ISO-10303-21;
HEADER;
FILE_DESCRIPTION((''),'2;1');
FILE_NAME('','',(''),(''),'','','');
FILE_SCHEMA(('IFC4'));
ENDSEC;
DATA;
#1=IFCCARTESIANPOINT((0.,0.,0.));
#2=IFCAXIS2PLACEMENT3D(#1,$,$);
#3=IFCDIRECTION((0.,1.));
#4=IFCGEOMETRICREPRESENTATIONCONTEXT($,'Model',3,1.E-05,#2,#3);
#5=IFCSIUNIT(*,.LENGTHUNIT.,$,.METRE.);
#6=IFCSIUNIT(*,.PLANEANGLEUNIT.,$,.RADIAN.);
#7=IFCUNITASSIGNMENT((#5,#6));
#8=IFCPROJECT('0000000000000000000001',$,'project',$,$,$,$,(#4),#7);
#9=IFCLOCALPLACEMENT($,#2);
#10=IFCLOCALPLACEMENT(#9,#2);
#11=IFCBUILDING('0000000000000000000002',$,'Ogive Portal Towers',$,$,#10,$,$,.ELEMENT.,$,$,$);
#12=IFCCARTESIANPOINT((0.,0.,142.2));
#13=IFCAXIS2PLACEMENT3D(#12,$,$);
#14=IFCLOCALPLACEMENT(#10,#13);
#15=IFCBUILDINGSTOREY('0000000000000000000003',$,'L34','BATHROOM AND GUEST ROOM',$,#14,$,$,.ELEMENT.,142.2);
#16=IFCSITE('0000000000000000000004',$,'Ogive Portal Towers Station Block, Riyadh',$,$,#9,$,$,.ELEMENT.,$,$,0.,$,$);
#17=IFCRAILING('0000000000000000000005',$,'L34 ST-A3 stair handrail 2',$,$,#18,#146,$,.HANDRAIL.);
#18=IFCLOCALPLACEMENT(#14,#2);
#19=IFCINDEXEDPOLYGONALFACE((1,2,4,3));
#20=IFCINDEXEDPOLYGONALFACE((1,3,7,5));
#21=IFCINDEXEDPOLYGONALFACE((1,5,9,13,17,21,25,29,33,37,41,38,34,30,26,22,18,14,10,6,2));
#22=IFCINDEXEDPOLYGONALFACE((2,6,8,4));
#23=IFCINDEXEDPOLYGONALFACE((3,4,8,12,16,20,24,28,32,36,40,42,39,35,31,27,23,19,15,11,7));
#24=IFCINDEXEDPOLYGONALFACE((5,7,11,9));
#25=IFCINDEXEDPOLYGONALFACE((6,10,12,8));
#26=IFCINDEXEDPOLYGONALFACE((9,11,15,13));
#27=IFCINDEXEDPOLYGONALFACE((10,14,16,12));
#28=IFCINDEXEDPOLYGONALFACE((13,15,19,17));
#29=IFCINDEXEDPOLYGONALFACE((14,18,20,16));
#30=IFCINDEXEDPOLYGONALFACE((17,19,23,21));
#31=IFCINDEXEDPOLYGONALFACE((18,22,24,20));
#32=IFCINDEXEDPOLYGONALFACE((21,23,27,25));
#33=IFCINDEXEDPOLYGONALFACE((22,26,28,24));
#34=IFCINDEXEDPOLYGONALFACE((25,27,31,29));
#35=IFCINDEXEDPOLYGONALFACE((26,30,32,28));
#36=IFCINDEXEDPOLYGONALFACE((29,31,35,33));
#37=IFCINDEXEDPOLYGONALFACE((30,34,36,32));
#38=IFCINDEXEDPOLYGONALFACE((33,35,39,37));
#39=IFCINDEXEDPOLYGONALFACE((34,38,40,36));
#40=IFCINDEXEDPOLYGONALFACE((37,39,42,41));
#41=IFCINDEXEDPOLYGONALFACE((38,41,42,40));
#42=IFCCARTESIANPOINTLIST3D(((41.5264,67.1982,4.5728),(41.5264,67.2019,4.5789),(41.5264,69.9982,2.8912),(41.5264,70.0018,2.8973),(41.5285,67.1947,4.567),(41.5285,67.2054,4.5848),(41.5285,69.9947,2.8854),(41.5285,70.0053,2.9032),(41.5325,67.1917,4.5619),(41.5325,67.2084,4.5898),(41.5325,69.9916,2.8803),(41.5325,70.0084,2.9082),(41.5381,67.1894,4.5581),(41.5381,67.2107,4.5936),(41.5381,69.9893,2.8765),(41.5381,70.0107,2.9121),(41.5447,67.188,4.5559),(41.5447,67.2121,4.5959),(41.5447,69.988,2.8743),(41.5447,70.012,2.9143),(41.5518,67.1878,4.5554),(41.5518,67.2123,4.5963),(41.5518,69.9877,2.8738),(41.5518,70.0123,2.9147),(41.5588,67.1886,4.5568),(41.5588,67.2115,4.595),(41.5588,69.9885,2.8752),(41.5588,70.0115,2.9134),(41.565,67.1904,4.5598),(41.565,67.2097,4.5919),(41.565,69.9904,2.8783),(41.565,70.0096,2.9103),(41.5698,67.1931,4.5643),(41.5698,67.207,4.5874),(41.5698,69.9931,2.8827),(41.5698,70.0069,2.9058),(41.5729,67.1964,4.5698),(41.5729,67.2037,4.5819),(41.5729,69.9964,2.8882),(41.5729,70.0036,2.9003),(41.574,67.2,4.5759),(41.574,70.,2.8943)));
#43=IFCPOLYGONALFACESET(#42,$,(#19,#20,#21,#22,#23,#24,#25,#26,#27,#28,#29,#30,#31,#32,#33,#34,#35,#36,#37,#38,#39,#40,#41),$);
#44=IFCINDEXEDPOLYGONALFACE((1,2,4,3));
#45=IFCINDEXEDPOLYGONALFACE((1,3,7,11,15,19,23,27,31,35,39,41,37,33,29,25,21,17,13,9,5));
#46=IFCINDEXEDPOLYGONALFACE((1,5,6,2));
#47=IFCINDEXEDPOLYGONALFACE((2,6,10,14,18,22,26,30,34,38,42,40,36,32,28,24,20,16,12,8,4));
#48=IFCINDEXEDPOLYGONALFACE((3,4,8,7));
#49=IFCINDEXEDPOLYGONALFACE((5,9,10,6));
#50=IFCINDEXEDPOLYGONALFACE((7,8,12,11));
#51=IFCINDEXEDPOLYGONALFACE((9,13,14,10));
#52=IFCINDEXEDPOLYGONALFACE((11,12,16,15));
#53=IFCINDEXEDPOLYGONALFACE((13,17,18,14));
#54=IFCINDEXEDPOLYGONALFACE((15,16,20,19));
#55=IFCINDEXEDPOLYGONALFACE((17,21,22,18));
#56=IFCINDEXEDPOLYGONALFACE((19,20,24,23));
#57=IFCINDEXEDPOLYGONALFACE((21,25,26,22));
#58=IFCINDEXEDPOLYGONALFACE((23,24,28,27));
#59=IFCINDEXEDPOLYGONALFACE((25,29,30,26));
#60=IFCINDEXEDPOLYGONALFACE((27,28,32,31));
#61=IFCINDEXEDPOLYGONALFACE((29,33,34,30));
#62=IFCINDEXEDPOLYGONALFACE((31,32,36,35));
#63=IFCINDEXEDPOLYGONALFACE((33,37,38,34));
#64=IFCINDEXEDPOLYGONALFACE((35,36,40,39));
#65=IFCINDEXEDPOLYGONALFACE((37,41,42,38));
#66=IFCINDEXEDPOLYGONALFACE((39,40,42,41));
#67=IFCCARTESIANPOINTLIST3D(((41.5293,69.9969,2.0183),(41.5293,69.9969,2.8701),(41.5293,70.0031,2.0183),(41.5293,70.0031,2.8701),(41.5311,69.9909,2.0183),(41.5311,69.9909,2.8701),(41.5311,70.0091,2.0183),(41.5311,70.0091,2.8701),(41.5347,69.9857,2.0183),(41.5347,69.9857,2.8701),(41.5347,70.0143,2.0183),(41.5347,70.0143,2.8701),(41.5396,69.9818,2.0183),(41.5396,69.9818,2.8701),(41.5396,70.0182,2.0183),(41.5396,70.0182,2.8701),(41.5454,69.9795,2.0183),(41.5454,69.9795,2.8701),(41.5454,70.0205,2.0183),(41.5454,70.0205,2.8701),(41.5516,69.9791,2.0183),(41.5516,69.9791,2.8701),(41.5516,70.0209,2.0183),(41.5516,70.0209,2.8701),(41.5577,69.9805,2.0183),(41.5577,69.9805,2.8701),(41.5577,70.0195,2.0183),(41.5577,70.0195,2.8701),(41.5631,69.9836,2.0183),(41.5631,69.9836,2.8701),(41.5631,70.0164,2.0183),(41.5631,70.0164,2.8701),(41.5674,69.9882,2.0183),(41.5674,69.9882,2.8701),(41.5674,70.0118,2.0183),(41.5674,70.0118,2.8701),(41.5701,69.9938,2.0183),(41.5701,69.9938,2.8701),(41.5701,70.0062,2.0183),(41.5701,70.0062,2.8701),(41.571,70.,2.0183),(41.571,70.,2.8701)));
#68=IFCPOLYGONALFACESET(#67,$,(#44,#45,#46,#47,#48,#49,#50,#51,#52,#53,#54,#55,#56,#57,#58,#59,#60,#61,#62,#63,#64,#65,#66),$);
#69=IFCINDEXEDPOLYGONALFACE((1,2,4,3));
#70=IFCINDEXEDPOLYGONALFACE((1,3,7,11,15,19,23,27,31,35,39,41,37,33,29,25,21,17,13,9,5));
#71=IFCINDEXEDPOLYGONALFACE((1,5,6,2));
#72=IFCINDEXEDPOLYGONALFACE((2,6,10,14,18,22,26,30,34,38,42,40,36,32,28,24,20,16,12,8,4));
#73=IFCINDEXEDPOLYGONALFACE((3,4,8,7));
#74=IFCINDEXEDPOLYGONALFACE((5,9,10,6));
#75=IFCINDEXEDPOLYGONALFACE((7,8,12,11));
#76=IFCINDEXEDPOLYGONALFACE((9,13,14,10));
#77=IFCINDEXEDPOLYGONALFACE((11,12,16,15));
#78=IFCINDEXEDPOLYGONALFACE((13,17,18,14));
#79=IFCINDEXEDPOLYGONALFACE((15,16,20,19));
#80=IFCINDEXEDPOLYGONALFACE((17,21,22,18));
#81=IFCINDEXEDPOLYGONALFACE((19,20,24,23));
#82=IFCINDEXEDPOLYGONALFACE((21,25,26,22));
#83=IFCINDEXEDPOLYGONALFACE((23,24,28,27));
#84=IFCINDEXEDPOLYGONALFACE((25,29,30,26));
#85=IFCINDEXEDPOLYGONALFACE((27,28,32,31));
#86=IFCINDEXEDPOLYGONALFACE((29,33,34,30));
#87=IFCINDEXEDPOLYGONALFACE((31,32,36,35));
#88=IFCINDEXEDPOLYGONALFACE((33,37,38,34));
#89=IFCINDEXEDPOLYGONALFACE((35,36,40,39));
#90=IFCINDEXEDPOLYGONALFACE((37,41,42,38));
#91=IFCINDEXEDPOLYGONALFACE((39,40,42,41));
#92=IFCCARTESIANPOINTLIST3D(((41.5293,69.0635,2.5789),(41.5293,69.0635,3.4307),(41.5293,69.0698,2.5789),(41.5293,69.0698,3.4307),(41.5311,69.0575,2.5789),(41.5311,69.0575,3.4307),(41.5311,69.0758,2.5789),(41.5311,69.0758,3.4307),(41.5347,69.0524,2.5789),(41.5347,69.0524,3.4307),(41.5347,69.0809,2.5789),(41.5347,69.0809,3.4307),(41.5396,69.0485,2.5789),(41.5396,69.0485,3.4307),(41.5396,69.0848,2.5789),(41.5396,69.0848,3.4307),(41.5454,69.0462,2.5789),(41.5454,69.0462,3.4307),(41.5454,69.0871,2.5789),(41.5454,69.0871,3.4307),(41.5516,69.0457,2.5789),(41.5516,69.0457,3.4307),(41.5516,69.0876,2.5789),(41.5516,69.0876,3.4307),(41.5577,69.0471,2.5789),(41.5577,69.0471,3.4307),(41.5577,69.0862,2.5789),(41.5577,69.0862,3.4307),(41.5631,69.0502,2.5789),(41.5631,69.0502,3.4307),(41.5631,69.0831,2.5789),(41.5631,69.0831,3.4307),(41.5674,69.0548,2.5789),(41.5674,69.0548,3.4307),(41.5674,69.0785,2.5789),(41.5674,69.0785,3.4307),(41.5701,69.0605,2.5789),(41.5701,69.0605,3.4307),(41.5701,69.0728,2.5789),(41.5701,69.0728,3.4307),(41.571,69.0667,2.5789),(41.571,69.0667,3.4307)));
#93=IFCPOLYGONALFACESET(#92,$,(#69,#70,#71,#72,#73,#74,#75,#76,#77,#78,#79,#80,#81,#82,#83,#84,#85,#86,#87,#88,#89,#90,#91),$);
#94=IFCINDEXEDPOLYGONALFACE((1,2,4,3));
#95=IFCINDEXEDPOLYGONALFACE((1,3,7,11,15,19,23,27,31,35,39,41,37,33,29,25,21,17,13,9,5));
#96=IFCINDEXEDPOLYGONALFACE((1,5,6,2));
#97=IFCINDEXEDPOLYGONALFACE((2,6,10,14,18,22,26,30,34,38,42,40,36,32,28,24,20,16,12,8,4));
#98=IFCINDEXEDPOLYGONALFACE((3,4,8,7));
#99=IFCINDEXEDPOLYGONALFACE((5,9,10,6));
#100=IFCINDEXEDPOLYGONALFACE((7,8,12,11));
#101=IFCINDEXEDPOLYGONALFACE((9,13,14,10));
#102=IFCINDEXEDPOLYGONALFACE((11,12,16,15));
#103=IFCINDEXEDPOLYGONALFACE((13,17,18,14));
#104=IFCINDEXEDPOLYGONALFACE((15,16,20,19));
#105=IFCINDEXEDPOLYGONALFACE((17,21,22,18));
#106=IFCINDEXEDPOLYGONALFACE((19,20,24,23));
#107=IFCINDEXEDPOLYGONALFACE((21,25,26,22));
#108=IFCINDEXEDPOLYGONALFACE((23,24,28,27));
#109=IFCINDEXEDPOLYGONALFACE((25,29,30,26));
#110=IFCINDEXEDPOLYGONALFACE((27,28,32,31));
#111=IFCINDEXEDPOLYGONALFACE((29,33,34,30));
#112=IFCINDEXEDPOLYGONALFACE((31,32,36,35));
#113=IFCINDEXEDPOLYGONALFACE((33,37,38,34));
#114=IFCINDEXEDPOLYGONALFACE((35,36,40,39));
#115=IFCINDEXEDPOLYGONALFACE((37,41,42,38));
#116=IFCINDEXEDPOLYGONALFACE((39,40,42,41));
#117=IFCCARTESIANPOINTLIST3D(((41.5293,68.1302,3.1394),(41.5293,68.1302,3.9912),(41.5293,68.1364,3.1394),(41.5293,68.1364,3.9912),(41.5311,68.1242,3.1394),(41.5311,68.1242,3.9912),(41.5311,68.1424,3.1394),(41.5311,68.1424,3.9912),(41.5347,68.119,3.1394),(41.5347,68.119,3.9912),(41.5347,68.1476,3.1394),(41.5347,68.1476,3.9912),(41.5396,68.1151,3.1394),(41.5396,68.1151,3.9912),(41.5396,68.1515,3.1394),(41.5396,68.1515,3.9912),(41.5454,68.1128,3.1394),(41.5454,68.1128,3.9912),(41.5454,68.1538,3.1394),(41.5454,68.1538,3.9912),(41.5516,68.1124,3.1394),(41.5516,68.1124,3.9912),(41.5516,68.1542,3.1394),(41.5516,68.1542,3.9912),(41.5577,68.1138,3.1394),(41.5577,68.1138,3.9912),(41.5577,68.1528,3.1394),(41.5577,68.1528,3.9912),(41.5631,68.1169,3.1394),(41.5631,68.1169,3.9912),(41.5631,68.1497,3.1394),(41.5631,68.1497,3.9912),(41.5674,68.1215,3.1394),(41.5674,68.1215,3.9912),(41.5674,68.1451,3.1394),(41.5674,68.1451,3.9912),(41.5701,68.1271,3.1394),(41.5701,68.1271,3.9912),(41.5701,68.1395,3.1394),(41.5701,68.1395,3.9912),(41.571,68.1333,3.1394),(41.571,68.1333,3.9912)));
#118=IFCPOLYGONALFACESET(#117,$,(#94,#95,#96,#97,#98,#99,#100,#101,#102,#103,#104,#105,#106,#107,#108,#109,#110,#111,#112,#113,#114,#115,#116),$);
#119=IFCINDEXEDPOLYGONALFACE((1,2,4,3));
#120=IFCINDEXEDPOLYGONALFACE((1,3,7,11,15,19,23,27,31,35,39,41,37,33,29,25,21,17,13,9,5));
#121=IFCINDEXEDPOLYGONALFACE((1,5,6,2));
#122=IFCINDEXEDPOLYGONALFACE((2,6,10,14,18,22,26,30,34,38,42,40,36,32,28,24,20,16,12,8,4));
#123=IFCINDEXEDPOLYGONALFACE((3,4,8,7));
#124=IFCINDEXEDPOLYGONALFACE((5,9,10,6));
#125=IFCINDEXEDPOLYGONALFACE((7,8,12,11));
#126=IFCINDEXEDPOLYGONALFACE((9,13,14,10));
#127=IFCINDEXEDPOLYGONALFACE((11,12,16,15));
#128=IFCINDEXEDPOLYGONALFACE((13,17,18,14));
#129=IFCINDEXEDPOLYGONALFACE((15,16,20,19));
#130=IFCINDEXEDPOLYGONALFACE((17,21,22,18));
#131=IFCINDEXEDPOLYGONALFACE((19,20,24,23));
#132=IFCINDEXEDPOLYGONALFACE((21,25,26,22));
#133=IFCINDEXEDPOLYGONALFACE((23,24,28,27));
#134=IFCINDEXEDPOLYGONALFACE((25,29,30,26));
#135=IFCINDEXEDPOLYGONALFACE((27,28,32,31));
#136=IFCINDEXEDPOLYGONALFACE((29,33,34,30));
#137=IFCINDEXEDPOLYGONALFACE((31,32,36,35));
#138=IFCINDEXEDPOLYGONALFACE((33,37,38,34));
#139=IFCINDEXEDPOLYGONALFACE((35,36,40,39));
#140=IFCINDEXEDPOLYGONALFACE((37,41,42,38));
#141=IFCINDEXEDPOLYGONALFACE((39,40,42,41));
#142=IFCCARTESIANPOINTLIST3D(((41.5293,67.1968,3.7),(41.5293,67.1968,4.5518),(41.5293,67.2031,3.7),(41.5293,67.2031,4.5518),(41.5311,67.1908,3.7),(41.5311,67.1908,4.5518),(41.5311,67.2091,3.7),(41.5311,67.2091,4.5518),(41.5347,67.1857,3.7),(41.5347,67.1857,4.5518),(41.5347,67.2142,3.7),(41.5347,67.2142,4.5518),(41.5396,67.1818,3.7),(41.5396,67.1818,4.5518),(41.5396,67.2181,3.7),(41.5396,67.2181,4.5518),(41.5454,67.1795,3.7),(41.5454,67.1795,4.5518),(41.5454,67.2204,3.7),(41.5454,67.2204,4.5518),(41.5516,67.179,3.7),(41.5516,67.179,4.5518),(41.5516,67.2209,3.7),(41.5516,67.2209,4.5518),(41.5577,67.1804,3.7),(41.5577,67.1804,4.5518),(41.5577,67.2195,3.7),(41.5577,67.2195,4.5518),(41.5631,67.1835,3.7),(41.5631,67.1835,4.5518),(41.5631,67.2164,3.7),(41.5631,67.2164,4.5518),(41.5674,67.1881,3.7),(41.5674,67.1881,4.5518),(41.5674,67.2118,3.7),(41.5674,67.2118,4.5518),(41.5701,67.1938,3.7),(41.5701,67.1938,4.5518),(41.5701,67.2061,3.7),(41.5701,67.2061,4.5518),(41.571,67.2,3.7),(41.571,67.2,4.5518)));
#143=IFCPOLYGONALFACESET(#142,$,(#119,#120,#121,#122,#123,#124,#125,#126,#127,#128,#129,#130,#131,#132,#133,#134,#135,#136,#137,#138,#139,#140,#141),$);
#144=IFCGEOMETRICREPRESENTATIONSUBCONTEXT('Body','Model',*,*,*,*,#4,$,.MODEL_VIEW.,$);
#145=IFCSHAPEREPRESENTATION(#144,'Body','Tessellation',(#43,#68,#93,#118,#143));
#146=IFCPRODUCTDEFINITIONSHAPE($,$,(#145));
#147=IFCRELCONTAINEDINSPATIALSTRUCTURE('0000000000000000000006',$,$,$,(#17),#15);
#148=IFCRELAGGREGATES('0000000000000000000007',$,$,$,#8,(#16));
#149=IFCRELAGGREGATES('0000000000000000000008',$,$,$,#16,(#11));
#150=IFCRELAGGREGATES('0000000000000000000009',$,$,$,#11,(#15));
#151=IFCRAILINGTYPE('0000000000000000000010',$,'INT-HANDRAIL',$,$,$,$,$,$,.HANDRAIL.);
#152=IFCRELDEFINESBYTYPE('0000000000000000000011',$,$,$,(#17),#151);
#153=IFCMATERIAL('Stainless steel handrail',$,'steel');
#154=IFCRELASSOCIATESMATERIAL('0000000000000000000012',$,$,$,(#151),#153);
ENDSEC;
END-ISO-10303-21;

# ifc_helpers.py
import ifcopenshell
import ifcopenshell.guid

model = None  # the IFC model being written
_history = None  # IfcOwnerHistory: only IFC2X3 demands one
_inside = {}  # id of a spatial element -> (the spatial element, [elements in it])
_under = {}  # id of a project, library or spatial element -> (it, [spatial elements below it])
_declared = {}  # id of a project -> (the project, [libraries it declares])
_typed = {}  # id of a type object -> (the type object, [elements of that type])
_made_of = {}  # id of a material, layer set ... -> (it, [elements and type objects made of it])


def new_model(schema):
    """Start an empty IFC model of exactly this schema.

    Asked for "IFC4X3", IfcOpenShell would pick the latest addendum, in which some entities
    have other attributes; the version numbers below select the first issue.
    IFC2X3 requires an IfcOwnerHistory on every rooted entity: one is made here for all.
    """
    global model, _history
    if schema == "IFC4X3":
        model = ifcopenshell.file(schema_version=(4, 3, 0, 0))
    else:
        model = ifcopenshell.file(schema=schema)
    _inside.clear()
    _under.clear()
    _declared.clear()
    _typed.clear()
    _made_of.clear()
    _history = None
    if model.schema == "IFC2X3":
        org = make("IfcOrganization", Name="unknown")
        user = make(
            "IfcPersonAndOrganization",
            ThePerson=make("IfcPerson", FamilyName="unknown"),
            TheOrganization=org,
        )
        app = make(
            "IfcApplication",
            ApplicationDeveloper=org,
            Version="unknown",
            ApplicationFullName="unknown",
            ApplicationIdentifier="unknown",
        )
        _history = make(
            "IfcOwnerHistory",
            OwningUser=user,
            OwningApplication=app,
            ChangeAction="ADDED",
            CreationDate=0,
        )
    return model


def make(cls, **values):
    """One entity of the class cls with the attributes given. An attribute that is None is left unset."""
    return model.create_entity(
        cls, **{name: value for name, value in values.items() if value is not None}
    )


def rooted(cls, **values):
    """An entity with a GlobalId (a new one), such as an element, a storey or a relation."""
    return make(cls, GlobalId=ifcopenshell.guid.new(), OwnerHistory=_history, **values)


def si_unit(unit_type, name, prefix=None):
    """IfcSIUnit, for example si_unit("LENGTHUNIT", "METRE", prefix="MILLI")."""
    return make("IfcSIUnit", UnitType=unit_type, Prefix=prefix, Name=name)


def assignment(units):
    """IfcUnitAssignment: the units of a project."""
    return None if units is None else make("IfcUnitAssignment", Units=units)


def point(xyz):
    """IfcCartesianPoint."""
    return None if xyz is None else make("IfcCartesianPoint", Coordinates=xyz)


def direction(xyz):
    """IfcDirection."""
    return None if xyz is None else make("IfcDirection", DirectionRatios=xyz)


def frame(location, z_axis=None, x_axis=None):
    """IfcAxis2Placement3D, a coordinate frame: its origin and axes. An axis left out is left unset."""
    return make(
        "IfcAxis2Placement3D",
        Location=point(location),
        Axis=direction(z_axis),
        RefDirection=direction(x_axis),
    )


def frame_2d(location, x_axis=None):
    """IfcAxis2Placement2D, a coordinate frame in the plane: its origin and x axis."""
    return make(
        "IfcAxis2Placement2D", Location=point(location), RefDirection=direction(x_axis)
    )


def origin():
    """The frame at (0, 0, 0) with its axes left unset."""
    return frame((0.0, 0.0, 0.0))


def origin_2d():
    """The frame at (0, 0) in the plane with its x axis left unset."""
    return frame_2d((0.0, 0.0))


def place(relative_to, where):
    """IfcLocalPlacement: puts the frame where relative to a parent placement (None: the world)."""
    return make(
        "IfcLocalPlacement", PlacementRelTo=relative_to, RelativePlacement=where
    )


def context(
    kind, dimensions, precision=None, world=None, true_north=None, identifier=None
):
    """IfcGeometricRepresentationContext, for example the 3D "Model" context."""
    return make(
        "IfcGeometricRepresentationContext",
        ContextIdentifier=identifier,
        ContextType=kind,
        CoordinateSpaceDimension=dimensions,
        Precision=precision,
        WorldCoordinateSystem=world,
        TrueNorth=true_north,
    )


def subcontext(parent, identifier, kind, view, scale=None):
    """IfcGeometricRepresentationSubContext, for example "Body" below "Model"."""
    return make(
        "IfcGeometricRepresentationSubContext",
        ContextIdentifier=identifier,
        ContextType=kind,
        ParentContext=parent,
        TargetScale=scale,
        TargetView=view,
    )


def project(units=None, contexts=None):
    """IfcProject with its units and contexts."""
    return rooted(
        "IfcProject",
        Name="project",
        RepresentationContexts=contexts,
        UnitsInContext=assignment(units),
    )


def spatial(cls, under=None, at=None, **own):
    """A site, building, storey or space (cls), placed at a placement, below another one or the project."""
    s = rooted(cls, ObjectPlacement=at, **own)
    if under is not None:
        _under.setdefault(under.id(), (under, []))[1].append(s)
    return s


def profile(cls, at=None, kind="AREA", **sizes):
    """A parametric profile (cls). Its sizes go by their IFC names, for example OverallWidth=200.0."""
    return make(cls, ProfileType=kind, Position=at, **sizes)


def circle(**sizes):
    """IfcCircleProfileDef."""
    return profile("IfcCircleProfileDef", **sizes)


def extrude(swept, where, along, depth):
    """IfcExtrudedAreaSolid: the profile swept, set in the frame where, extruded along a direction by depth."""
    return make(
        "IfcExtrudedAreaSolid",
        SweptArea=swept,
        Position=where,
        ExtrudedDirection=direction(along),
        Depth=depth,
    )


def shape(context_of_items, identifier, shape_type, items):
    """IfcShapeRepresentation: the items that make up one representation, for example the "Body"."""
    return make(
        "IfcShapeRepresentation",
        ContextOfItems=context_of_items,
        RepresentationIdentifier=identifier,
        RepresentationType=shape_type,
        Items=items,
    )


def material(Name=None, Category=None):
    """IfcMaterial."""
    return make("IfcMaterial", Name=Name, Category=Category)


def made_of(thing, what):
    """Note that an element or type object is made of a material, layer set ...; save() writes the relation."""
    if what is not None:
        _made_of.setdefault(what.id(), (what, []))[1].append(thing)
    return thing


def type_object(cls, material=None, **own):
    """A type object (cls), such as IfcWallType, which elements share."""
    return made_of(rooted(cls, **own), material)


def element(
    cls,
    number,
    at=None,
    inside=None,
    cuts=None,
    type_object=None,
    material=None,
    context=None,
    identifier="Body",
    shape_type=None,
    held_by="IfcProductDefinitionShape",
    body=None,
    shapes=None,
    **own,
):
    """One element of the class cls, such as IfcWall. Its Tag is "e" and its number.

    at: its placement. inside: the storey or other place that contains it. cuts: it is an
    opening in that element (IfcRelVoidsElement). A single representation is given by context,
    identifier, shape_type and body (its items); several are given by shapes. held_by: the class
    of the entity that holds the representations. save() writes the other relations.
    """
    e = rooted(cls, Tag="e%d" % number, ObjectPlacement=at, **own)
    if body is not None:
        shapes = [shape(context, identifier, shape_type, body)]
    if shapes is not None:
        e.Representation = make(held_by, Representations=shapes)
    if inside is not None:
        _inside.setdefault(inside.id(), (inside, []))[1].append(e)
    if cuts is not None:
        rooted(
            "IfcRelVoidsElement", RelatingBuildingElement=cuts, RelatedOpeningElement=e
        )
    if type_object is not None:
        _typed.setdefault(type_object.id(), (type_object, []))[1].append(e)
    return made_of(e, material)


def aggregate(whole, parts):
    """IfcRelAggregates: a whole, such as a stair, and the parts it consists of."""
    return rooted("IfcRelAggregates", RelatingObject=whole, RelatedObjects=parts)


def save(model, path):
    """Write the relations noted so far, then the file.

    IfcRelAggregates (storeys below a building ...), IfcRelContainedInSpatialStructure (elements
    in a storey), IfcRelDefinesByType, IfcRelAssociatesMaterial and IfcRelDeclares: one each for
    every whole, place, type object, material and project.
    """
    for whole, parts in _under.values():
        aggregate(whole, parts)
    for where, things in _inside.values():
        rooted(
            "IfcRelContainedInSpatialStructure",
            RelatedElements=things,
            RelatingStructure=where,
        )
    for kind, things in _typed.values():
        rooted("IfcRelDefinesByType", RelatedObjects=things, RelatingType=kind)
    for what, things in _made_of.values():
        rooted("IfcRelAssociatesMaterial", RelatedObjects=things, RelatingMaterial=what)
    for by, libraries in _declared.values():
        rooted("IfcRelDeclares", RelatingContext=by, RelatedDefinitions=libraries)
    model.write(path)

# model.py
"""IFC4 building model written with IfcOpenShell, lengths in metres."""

from ifc_helpers import new_model, si_unit, direction, frame, origin, origin_2d, place, context, subcontext, project, spatial, circle, extrude, material, type_object, element, save


model = new_model("IFC4")

# Units and contexts
model_context = context("Model", 3, precision=1e-05, world=origin(), true_north=direction((0.0, 1.0)))
body_context = subcontext(model_context, "Body", "Model", "MODEL_VIEW")
ifc_project = project(units=[si_unit("LENGTHUNIT", "METRE"), si_unit("PLANEANGLEUNIT", "RADIAN")], contexts=[model_context])

# Site, building, storey
site_placement = place(None, origin())
site = spatial("IfcSite", under=ifc_project, at=site_placement, Name="Ogive Portal Towers Station Block, Riyadh", CompositionType="ELEMENT", RefElevation=0.0)
building_placement = place(site_placement, origin())
building = spatial("IfcBuilding", under=site, at=building_placement, Name="Ogive Portal Towers", CompositionType="ELEMENT")
storey_placement = place(building_placement, frame((0.0, 0.0, 142.2)))
storey = spatial("IfcBuildingStorey", under=building, at=storey_placement, Name="L34", Description="BATHROOM AND GUEST ROOM", CompositionType="ELEMENT", Elevation=142.2)

# Railing
ifc_material_1 = material(Name="Stainless steel handrail", Category="steel")
railing_type_1 = type_object("IfcRailingType", Name="INT-HANDRAIL", PredefinedType="HANDRAIL", material=ifc_material_1)
railing_1_placement = place(storey_placement, frame((41.55, 70.0, 2.0183)))
element("IfcRailing", 1, at=railing_1_placement, inside=storey, type_object=railing_type_1, Name="L34 ST-A3 stair handrail 2", PredefinedType="HANDRAIL", context=body_context, shape_type="SweptSolid", body=[
    extrude(circle(Radius=0.0239, at=origin_2d()), frame((0.0, 0.0, 0.876), z_axis=(0.0, -0.857275, 0.514858), x_axis=(1.0, 0.0, 0.0)), (0.0, 0.0, 1.0), 3.2661),
    extrude(circle(Radius=0.021, at=origin_2d()), origin(), (0.0, 0.0, 1.0), 0.8518),
    extrude(circle(Radius=0.021, at=origin_2d()), frame((0.0, -0.9333, 0.5605)), (0.0, 0.0, 1.0), 0.8518),
    extrude(circle(Radius=0.021, at=origin_2d()), frame((0.0, -1.8667, 1.1211)), (0.0, 0.0, 1.0), 0.8518),
    extrude(circle(Radius=0.021, at=origin_2d()), frame((0.0, -2.8, 1.6816)), (0.0, 0.0, 1.0), 0.8518),
])

save(model, "model.ifc")
